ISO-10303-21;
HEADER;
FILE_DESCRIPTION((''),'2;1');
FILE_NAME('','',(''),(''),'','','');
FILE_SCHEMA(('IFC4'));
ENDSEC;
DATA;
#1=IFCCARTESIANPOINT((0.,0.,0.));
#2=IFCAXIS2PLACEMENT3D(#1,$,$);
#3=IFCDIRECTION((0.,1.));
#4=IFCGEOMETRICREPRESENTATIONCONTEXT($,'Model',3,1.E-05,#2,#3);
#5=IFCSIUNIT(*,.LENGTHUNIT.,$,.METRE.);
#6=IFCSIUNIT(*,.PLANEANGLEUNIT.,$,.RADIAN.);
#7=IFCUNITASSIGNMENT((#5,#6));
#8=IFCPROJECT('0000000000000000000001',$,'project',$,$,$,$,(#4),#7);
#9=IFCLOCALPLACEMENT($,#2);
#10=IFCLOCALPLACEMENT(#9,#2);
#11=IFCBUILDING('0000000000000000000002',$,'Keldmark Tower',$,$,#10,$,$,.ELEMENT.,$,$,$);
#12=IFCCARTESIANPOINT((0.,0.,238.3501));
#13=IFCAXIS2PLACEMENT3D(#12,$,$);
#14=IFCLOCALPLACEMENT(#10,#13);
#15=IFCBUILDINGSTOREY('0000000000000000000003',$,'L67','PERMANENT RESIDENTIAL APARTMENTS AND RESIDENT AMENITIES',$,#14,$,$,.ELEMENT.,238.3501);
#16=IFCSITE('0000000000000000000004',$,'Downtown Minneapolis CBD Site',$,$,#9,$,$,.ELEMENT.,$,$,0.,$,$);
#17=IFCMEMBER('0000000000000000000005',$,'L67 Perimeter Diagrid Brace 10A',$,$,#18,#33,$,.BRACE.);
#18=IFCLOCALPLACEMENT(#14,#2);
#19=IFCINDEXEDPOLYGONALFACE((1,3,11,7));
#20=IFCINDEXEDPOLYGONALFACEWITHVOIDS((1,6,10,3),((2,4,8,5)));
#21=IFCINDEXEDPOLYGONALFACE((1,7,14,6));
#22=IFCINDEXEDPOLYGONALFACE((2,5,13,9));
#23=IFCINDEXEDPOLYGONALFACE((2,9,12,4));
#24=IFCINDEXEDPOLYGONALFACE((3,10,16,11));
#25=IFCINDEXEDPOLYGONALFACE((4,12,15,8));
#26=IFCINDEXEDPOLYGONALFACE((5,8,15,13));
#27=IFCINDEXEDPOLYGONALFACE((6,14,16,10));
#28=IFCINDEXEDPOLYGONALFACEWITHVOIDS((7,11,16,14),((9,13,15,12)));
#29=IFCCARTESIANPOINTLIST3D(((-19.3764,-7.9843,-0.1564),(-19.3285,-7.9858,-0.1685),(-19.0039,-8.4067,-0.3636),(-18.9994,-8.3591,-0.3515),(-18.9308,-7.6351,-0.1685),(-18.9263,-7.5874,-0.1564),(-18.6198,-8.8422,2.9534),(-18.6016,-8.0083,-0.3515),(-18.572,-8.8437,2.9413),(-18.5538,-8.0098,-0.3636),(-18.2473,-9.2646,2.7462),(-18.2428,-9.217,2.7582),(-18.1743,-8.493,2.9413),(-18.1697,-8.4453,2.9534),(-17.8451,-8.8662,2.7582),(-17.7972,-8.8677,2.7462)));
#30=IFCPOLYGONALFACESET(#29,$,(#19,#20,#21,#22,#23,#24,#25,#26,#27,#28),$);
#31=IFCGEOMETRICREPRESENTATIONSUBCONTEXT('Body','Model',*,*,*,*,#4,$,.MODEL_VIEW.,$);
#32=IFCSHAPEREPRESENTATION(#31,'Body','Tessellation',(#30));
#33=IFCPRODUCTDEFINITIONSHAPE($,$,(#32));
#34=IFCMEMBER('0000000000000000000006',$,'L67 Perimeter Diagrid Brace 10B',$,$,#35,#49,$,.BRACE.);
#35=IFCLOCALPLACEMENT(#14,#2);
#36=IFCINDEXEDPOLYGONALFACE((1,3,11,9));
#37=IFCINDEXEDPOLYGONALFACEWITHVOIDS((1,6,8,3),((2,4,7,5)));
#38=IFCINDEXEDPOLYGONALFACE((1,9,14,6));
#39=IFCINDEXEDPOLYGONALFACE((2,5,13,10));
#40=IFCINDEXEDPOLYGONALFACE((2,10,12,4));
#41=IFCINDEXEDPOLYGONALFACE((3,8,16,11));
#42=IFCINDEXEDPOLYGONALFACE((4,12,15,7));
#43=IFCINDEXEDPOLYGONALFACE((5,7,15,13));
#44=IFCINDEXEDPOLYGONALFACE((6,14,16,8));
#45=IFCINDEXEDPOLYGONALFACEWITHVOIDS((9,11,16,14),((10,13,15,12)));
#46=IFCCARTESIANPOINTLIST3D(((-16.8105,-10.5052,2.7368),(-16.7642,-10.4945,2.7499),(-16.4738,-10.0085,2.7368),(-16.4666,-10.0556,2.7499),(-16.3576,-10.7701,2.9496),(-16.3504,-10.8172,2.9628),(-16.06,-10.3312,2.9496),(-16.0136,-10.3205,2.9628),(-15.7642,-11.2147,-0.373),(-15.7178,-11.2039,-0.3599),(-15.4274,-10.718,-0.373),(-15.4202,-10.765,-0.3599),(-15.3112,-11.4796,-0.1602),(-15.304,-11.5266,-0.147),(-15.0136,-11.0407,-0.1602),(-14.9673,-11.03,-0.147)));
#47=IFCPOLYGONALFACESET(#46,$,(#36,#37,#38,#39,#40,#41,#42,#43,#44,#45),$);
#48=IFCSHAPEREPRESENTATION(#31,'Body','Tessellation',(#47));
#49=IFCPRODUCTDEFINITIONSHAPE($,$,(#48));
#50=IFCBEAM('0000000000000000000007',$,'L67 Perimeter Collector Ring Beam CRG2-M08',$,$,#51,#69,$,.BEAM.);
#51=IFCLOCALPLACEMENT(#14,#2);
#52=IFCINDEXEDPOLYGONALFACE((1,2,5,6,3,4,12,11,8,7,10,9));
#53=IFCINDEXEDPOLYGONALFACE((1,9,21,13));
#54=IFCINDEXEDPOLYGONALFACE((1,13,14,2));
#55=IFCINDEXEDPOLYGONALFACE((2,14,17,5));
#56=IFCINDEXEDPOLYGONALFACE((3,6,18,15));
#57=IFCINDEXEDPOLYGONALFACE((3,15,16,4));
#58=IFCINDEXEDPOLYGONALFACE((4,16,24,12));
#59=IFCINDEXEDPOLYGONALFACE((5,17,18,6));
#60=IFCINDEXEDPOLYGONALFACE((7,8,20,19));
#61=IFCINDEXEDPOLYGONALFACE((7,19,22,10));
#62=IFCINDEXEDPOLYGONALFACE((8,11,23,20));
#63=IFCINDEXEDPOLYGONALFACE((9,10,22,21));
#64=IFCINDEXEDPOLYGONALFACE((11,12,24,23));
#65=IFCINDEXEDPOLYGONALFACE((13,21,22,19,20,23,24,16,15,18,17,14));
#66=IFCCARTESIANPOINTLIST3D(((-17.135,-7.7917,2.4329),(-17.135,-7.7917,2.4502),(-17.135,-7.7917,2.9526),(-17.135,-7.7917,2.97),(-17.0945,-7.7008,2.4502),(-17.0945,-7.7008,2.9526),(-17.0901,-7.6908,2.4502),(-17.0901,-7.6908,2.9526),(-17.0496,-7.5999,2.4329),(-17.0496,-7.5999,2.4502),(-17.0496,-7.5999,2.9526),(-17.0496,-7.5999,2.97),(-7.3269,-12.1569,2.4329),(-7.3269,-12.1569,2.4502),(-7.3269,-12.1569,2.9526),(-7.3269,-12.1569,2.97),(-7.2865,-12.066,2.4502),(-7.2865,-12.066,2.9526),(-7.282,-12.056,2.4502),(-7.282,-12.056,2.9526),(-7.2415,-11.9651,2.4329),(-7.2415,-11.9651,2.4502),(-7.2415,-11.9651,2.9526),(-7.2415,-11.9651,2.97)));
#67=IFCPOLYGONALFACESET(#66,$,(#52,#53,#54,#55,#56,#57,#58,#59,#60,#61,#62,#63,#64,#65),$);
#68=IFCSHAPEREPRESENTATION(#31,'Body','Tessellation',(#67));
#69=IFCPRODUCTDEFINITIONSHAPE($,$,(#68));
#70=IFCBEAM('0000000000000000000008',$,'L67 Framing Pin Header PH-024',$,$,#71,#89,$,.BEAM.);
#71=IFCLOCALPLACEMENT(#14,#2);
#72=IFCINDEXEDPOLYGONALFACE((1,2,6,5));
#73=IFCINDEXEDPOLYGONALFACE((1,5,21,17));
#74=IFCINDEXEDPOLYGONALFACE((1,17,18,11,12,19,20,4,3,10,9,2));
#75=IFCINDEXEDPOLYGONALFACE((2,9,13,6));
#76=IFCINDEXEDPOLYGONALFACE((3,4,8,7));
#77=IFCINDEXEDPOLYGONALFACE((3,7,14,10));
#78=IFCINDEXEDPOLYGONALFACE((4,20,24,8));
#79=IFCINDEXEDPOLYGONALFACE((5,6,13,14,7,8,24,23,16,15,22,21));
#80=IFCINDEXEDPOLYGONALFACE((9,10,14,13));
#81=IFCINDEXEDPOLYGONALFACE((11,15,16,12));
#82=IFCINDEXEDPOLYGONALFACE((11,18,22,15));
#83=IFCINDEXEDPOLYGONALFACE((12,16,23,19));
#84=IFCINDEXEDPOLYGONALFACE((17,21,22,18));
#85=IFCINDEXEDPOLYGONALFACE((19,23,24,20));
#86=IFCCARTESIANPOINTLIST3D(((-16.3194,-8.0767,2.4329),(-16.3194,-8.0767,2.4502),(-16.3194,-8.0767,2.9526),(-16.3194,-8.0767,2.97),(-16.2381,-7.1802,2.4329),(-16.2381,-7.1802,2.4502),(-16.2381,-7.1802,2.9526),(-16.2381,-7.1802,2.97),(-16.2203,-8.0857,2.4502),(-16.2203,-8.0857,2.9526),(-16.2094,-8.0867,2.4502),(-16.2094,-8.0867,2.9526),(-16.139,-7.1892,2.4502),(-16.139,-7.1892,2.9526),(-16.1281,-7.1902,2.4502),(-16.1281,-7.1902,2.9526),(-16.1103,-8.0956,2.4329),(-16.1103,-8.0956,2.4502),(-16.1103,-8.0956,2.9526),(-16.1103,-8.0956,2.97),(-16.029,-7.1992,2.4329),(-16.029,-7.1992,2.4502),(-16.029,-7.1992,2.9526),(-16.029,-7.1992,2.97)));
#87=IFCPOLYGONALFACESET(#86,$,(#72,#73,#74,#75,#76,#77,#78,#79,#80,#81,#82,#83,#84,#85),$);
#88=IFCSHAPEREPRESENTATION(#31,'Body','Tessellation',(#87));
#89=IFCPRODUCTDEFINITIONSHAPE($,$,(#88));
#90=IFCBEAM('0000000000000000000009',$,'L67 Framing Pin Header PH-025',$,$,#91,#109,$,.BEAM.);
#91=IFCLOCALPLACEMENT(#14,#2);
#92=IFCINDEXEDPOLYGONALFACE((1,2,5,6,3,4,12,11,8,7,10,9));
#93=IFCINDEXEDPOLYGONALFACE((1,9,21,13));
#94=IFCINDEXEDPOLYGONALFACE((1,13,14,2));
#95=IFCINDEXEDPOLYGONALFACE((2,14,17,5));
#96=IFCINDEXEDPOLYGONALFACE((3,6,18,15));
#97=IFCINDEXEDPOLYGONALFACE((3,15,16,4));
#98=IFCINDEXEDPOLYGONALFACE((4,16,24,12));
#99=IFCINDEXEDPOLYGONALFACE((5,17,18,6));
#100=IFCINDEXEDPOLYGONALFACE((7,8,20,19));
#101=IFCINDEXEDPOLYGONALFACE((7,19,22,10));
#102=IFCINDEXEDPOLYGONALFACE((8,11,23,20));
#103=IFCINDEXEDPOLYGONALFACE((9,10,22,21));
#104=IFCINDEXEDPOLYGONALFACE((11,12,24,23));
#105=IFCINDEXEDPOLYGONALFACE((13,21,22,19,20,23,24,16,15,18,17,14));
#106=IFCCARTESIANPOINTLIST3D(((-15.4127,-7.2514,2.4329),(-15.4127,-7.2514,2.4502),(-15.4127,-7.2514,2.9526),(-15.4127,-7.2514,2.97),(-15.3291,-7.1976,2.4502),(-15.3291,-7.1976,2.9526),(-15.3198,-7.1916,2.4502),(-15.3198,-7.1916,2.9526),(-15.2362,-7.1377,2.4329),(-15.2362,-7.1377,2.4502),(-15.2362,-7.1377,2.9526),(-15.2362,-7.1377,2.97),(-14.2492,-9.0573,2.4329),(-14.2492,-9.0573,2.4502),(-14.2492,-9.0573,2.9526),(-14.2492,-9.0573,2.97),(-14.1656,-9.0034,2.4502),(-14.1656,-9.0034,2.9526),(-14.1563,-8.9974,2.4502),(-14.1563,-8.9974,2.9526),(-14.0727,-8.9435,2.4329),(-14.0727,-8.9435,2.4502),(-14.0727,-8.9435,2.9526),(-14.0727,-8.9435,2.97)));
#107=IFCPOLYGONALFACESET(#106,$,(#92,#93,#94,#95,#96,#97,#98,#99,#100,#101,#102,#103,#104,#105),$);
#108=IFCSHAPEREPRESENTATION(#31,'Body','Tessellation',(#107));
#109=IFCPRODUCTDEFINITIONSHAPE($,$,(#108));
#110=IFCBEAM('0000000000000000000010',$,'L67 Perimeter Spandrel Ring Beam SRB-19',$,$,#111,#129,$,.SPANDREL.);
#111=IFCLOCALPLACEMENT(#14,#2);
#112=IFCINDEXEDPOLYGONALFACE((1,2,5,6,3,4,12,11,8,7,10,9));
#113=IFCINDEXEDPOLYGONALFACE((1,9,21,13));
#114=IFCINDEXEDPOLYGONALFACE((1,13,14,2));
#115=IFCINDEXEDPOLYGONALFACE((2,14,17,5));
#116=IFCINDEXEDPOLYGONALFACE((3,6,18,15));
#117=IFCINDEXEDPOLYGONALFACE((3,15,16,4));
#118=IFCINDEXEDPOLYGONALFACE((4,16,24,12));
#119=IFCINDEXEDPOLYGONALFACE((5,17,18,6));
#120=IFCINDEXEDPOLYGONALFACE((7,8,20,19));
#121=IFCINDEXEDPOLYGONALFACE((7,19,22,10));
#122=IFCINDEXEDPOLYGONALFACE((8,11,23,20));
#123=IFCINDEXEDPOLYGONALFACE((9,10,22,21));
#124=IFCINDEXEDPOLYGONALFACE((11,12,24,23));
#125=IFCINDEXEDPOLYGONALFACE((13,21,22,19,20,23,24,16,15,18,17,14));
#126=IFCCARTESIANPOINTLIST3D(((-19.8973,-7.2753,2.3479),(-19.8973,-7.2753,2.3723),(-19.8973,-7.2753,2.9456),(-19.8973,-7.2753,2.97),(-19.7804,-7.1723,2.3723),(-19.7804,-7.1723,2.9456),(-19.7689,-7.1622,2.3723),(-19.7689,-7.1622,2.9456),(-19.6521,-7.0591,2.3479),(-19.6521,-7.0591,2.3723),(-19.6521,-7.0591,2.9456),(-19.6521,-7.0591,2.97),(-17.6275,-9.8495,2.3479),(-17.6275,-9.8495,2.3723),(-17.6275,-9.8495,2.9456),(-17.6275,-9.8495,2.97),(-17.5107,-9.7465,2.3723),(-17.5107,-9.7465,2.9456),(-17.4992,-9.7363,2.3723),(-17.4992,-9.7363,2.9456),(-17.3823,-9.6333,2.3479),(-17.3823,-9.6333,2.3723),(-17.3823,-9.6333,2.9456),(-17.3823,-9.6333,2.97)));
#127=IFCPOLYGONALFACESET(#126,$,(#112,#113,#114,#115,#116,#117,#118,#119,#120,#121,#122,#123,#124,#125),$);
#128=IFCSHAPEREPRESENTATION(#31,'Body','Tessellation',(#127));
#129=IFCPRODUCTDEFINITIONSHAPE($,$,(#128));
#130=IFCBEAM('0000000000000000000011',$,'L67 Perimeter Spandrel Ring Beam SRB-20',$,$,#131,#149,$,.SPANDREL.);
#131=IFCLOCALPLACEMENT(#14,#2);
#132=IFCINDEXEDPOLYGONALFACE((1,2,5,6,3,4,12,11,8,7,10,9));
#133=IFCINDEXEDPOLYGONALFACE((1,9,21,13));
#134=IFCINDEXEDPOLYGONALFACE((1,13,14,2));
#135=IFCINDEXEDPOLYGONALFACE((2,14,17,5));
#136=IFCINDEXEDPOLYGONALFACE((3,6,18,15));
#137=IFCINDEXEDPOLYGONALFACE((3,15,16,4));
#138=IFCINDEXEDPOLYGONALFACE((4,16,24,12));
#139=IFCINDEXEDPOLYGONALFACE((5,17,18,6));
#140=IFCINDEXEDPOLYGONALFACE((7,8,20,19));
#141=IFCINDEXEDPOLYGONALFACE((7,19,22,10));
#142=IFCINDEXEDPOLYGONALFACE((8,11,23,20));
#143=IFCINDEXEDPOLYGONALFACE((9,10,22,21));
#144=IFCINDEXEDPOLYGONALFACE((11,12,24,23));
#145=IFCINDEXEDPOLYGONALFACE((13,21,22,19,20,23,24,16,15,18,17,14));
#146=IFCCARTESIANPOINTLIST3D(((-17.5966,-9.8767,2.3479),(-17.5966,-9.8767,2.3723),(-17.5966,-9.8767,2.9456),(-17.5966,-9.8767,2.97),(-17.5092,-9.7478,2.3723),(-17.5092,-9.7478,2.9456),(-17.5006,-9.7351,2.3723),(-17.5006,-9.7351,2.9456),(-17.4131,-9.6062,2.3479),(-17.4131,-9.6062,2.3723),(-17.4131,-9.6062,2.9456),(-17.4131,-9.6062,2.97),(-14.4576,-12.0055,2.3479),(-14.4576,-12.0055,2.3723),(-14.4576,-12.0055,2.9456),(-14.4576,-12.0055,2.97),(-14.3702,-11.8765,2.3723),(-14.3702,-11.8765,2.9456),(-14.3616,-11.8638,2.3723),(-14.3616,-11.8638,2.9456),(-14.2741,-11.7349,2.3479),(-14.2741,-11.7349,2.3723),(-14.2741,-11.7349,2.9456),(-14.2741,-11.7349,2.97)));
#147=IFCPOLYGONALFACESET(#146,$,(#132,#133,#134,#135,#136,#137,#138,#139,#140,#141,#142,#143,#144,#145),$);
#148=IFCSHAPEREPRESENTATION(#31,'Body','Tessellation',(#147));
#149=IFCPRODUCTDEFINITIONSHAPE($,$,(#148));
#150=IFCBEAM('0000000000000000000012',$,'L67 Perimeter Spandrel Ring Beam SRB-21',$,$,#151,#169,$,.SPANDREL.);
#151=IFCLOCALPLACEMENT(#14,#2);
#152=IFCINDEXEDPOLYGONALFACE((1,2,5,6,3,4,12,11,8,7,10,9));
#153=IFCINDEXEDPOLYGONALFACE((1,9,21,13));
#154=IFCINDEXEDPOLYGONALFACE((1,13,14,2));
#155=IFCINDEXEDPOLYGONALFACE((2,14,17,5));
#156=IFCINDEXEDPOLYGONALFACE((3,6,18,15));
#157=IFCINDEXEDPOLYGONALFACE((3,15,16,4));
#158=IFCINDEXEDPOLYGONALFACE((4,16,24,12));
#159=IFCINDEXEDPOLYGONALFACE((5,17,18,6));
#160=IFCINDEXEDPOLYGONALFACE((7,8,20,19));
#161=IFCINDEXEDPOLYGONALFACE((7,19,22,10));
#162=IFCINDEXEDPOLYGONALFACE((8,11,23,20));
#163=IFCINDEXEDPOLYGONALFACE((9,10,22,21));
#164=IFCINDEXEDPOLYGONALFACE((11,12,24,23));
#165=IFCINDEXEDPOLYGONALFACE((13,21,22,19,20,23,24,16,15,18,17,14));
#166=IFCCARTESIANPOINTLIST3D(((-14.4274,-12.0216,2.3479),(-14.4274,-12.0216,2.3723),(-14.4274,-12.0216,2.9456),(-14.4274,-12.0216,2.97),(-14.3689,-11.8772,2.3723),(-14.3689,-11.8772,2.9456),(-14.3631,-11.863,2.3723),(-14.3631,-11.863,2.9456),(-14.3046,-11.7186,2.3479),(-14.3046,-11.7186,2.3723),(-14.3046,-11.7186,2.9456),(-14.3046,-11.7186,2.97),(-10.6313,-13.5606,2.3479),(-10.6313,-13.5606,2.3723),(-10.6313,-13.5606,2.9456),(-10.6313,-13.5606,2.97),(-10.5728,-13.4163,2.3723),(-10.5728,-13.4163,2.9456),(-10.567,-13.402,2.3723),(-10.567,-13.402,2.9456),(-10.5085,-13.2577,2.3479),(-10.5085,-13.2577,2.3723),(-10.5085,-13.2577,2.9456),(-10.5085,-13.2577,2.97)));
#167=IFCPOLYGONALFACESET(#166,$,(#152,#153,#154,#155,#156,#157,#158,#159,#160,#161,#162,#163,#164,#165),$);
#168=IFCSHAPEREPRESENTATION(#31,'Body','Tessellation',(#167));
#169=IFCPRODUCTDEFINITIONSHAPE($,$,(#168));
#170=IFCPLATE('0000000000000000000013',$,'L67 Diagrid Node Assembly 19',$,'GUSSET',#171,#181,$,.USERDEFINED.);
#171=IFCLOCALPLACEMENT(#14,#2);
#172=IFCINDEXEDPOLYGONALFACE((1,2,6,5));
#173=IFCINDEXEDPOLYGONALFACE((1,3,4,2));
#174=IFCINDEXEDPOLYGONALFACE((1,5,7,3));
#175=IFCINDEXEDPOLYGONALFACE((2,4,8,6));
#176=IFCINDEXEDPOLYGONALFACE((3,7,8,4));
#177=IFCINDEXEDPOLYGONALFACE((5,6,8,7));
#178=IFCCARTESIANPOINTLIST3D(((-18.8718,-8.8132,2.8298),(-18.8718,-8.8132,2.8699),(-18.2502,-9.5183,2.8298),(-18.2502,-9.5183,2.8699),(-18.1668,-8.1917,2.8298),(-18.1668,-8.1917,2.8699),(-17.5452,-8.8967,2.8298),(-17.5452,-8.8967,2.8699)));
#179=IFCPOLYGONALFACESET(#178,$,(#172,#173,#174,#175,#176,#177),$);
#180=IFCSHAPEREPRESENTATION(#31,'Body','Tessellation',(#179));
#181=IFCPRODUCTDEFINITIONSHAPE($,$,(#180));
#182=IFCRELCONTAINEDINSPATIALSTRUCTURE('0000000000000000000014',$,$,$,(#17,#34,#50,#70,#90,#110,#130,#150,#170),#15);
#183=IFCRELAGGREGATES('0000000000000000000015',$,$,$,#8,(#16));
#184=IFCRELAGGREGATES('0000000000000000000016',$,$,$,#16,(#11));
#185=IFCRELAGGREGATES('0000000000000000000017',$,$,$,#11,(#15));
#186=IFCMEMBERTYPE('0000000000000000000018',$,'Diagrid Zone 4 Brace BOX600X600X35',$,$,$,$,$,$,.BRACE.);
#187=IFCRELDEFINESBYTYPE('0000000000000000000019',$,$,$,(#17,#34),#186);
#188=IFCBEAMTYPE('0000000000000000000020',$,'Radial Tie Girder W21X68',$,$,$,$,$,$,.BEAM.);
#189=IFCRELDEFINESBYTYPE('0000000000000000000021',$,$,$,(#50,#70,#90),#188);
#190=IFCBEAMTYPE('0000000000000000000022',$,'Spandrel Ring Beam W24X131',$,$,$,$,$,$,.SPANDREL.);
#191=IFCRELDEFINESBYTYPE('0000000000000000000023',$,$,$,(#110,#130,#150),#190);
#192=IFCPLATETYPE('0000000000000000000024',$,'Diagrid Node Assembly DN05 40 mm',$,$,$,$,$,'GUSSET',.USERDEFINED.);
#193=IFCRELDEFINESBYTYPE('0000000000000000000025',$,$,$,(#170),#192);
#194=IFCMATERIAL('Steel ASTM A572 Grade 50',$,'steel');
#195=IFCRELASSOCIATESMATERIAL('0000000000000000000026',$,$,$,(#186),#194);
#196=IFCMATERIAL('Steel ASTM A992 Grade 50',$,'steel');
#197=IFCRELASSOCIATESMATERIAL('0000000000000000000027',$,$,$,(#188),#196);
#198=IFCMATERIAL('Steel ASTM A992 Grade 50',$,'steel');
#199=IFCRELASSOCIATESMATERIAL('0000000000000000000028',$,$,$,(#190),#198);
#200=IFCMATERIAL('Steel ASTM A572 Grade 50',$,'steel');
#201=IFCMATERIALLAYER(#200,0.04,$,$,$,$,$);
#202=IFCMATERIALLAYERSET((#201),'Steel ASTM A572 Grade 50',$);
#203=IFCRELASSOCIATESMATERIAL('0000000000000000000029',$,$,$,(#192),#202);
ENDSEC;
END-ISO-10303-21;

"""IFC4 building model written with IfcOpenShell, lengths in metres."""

from ifc_helpers import new_model, si_unit, direction, frame, origin, origin_2d, place, context, subcontext, project, spatial, rectangle, hollow_rectangle, i_section, extrude, material, layer, layer_set, material_profile, profile_set, type_object, element, save


model = new_model("IFC4")

# Units and contexts
model_context = context("Model", 3, precision=1e-05, world=origin(), true_north=direction((0.0, 1.0)))
body_context = subcontext(model_context, "Body", "Model", "MODEL_VIEW")
ifc_project = project(units=[si_unit("LENGTHUNIT", "METRE"), si_unit("PLANEANGLEUNIT", "RADIAN")], contexts=[model_context])

# Site, building, storey
site_placement = place(None, origin())
site = spatial("IfcSite", under=ifc_project, at=site_placement, Name="Downtown Minneapolis CBD Site", CompositionType="ELEMENT", RefElevation=0.0)
building_placement = place(site_placement, origin())
building = spatial("IfcBuilding", under=site, at=building_placement, Name="Keldmark Tower", CompositionType="ELEMENT")
storey_placement = place(building_placement, frame((0.0, 0.0, 238.3501)))
storey = spatial("IfcBuildingStorey", under=building, at=storey_placement, Name="L67", Description="PERMANENT RESIDENTIAL APARTMENTS AND RESIDENT AMENITIES", CompositionType="ELEMENT", Elevation=238.3501)

# Members
ifc_material_1 = material(Name="Steel ASTM A572 Grade 50", Category="steel")
ifc_material_profile_1 = material_profile(ifc_material_1, hollow_rectangle(XDim=0.6001, YDim=0.6001, WallThickness=0.0349, at=origin_2d()), Name="BOX600X600X35")
ifc_profile_set_1 = profile_set([ifc_material_profile_1], Name="Steel ASTM A572 Grade 50")
member_type = type_object("IfcMemberType", Name="Diagrid Zone 4 Brace BOX600X600X35", PredefinedType="BRACE", material=ifc_profile_set_1)
member_1_placement = place(storey_placement, frame((-18.9651, -7.9971, -0.26), z_axis=(0.228332, -0.258909, 0.938526), x_axis=(0.750006, 0.661431, 0.0)))
element("IfcMember", 1, at=member_1_placement, inside=storey, type_object=member_type, Name="L67 Perimeter Diagrid Brace 10A", PredefinedType="BRACE", context=body_context, shape_type="SweptSolid", body=[
    extrude(hollow_rectangle(XDim=0.6001, YDim=0.6001, WallThickness=0.0349, at=origin_2d()), origin(), (0.0, 0.0, 1.0), 3.3135),
])
member_2_placement = place(storey_placement, frame((-15.3657, -11.1223, -0.26), z_axis=(-0.311702, 0.211341, 0.926378), x_axis=(-0.56119, -0.827687, 0.0)))
element("IfcMember", 2, at=member_2_placement, inside=storey, type_object=member_type, Name="L67 Perimeter Diagrid Brace 10B", PredefinedType="BRACE", context=body_context, shape_type="SweptSolid", body=[
    extrude(hollow_rectangle(XDim=0.6001, YDim=0.6001, WallThickness=0.0349, at=origin_2d()), origin(), (0.0, 0.0, 1.0), 3.3569),
])

# Beams
ifc_material_2 = material(Name="Steel ASTM A992 Grade 50", Category="steel")
ifc_material_profile_2 = material_profile(ifc_material_2, i_section(OverallWidth=0.21, OverallDepth=0.5371, WebThickness=0.011, FlangeThickness=0.0173, at=origin_2d()), Name="W21X68")
ifc_profile_set_2 = profile_set([ifc_material_profile_2], Name="Steel ASTM A992 Grade 50")
beam_type_1 = type_object("IfcBeamType", Name="Radial Tie Girder W21X68", PredefinedType="BEAM", material=ifc_profile_set_2)
beam_1_placement = place(storey_placement, frame((-17.0923, -7.6958, 2.7014), z_axis=(0.913601, -0.406611, 0.0), x_axis=(0.406611, 0.913601, 0.0)))
element("IfcBeam", 3, at=beam_1_placement, inside=storey, type_object=beam_type_1, Name="L67 Perimeter Collector Ring Beam CRG2-M08", PredefinedType="BEAM", context=body_context, shape_type="SweptSolid", body=[
    extrude(i_section(OverallWidth=0.21, OverallDepth=0.5371, WebThickness=0.011, FlangeThickness=0.0173, at=origin_2d()), origin(), (0.0, 0.0, 1.0), 10.7356),
])
beam_2_placement = place(storey_placement, frame((-16.1335, -7.1897, 2.7014), z_axis=(-0.090316, -0.995913, 0.0), x_axis=(0.995913, -0.090316, 0.0)))
element("IfcBeam", 4, at=beam_2_placement, inside=storey, type_object=beam_type_1, Name="L67 Framing Pin Header PH-024", PredefinedType="BEAM", context=body_context, shape_type="SweptSolid", body=[
    extrude(i_section(OverallWidth=0.21, OverallDepth=0.5371, WebThickness=0.011, FlangeThickness=0.0173, at=origin_2d()), origin(), (0.0, 0.0, 1.0), 0.9001),
])
beam_3_placement = place(storey_placement, frame((-15.3245, -7.1946, 2.7014), z_axis=(0.541625, -0.84062, 0.0), x_axis=(0.84062, 0.541625, 0.0)))
element("IfcBeam", 5, at=beam_3_placement, inside=storey, type_object=beam_type_1, Name="L67 Framing Pin Header PH-025", PredefinedType="BEAM", context=body_context, shape_type="SweptSolid", body=[
    extrude(i_section(OverallWidth=0.21, OverallDepth=0.5371, WebThickness=0.011, FlangeThickness=0.0173, at=origin_2d()), origin(), (0.0, 0.0, 1.0), 2.1482),
])
ifc_material_3 = material(Name="Steel ASTM A992 Grade 50", Category="steel")
ifc_material_profile_3 = material_profile(ifc_material_3, i_section(OverallWidth=0.3269, OverallDepth=0.6221, WebThickness=0.0154, FlangeThickness=0.0244, at=origin_2d()), Name="W24X131")
ifc_profile_set_3 = profile_set([ifc_material_profile_3], Name="Steel ASTM A992 Grade 50")
beam_type_2 = type_object("IfcBeamType", Name="Spandrel Ring Beam W24X131", PredefinedType="SPANDREL", material=ifc_profile_set_3)
beam_4_placement = place(storey_placement, frame((-19.7747, -7.1672, 2.6589), z_axis=(0.66136, -0.750068, 0.0), x_axis=(0.750068, 0.66136, 0.0)))
element("IfcBeam", 6, at=beam_4_placement, inside=storey, type_object=beam_type_2, Name="L67 Perimeter Spandrel Ring Beam SRB-19", PredefinedType="SPANDREL", context=body_context, shape_type="SweptSolid", body=[
    extrude(i_section(OverallWidth=0.3269, OverallDepth=0.6221, WebThickness=0.0154, FlangeThickness=0.0244, at=origin_2d()), origin(), (0.0, 0.0, 1.0), 3.4319),
])
beam_5_placement = place(storey_placement, frame((-17.5049, -9.7415, 2.6589), z_axis=(0.827637, -0.561264, 0.0), x_axis=(0.561264, 0.827637, 0.0)))
element("IfcBeam", 7, at=beam_5_placement, inside=storey, type_object=beam_type_2, Name="L67 Perimeter Spandrel Ring Beam SRB-20", PredefinedType="SPANDREL", context=body_context, shape_type="SweptSolid", body=[
    extrude(i_section(OverallWidth=0.3269, OverallDepth=0.6221, WebThickness=0.0154, FlangeThickness=0.0244, at=origin_2d()), origin(), (0.0, 0.0, 1.0), 3.7927),
])
beam_6_placement = place(storey_placement, frame((-14.366, -11.8701, 2.6589), z_axis=(0.926732, -0.375723, 0.0), x_axis=(0.375723, 0.926732, 0.0)))
element("IfcBeam", 8, at=beam_6_placement, inside=storey, type_object=beam_type_2, Name="L67 Perimeter Spandrel Ring Beam SRB-21", PredefinedType="SPANDREL", context=body_context, shape_type="SweptSolid", body=[
    extrude(i_section(OverallWidth=0.3269, OverallDepth=0.6221, WebThickness=0.0154, FlangeThickness=0.0244, at=origin_2d()), origin(), (0.0, 0.0, 1.0), 4.0962),
])

# Plate
ifc_material_4 = material(Name="Steel ASTM A572 Grade 50", Category="steel")
ifc_layer_1 = layer(ifc_material_4, 0.04)
ifc_layer_set_1 = layer_set([ifc_layer_1], Name="Steel ASTM A572 Grade 50")
plate_type = type_object("IfcPlateType", Name="Diagrid Node Assembly DN05 40 mm", ElementType="GUSSET", PredefinedType="USERDEFINED", material=ifc_layer_set_1)
for number, where, z_axis, x_axis, name in (
    (9, (-18.2085, -8.855, 2.8298), (0.0, 0.0, 1.0), (0.661312, -0.750111, 0.0), "L67 Diagrid Node Assembly 19"),
):
    element("IfcPlate", number, at=place(storey_placement, frame(where, z_axis=z_axis, x_axis=x_axis)), inside=storey, type_object=plate_type, Name=name, ObjectType="GUSSET", PredefinedType="USERDEFINED", context=body_context, shape_type="SweptSolid", body=[
        extrude(rectangle(XDim=0.9399, YDim=0.9399, at=origin_2d()), origin(), (0.0, 0.0, 1.0), 0.04),
    ])

save(model, "model.ifc")
